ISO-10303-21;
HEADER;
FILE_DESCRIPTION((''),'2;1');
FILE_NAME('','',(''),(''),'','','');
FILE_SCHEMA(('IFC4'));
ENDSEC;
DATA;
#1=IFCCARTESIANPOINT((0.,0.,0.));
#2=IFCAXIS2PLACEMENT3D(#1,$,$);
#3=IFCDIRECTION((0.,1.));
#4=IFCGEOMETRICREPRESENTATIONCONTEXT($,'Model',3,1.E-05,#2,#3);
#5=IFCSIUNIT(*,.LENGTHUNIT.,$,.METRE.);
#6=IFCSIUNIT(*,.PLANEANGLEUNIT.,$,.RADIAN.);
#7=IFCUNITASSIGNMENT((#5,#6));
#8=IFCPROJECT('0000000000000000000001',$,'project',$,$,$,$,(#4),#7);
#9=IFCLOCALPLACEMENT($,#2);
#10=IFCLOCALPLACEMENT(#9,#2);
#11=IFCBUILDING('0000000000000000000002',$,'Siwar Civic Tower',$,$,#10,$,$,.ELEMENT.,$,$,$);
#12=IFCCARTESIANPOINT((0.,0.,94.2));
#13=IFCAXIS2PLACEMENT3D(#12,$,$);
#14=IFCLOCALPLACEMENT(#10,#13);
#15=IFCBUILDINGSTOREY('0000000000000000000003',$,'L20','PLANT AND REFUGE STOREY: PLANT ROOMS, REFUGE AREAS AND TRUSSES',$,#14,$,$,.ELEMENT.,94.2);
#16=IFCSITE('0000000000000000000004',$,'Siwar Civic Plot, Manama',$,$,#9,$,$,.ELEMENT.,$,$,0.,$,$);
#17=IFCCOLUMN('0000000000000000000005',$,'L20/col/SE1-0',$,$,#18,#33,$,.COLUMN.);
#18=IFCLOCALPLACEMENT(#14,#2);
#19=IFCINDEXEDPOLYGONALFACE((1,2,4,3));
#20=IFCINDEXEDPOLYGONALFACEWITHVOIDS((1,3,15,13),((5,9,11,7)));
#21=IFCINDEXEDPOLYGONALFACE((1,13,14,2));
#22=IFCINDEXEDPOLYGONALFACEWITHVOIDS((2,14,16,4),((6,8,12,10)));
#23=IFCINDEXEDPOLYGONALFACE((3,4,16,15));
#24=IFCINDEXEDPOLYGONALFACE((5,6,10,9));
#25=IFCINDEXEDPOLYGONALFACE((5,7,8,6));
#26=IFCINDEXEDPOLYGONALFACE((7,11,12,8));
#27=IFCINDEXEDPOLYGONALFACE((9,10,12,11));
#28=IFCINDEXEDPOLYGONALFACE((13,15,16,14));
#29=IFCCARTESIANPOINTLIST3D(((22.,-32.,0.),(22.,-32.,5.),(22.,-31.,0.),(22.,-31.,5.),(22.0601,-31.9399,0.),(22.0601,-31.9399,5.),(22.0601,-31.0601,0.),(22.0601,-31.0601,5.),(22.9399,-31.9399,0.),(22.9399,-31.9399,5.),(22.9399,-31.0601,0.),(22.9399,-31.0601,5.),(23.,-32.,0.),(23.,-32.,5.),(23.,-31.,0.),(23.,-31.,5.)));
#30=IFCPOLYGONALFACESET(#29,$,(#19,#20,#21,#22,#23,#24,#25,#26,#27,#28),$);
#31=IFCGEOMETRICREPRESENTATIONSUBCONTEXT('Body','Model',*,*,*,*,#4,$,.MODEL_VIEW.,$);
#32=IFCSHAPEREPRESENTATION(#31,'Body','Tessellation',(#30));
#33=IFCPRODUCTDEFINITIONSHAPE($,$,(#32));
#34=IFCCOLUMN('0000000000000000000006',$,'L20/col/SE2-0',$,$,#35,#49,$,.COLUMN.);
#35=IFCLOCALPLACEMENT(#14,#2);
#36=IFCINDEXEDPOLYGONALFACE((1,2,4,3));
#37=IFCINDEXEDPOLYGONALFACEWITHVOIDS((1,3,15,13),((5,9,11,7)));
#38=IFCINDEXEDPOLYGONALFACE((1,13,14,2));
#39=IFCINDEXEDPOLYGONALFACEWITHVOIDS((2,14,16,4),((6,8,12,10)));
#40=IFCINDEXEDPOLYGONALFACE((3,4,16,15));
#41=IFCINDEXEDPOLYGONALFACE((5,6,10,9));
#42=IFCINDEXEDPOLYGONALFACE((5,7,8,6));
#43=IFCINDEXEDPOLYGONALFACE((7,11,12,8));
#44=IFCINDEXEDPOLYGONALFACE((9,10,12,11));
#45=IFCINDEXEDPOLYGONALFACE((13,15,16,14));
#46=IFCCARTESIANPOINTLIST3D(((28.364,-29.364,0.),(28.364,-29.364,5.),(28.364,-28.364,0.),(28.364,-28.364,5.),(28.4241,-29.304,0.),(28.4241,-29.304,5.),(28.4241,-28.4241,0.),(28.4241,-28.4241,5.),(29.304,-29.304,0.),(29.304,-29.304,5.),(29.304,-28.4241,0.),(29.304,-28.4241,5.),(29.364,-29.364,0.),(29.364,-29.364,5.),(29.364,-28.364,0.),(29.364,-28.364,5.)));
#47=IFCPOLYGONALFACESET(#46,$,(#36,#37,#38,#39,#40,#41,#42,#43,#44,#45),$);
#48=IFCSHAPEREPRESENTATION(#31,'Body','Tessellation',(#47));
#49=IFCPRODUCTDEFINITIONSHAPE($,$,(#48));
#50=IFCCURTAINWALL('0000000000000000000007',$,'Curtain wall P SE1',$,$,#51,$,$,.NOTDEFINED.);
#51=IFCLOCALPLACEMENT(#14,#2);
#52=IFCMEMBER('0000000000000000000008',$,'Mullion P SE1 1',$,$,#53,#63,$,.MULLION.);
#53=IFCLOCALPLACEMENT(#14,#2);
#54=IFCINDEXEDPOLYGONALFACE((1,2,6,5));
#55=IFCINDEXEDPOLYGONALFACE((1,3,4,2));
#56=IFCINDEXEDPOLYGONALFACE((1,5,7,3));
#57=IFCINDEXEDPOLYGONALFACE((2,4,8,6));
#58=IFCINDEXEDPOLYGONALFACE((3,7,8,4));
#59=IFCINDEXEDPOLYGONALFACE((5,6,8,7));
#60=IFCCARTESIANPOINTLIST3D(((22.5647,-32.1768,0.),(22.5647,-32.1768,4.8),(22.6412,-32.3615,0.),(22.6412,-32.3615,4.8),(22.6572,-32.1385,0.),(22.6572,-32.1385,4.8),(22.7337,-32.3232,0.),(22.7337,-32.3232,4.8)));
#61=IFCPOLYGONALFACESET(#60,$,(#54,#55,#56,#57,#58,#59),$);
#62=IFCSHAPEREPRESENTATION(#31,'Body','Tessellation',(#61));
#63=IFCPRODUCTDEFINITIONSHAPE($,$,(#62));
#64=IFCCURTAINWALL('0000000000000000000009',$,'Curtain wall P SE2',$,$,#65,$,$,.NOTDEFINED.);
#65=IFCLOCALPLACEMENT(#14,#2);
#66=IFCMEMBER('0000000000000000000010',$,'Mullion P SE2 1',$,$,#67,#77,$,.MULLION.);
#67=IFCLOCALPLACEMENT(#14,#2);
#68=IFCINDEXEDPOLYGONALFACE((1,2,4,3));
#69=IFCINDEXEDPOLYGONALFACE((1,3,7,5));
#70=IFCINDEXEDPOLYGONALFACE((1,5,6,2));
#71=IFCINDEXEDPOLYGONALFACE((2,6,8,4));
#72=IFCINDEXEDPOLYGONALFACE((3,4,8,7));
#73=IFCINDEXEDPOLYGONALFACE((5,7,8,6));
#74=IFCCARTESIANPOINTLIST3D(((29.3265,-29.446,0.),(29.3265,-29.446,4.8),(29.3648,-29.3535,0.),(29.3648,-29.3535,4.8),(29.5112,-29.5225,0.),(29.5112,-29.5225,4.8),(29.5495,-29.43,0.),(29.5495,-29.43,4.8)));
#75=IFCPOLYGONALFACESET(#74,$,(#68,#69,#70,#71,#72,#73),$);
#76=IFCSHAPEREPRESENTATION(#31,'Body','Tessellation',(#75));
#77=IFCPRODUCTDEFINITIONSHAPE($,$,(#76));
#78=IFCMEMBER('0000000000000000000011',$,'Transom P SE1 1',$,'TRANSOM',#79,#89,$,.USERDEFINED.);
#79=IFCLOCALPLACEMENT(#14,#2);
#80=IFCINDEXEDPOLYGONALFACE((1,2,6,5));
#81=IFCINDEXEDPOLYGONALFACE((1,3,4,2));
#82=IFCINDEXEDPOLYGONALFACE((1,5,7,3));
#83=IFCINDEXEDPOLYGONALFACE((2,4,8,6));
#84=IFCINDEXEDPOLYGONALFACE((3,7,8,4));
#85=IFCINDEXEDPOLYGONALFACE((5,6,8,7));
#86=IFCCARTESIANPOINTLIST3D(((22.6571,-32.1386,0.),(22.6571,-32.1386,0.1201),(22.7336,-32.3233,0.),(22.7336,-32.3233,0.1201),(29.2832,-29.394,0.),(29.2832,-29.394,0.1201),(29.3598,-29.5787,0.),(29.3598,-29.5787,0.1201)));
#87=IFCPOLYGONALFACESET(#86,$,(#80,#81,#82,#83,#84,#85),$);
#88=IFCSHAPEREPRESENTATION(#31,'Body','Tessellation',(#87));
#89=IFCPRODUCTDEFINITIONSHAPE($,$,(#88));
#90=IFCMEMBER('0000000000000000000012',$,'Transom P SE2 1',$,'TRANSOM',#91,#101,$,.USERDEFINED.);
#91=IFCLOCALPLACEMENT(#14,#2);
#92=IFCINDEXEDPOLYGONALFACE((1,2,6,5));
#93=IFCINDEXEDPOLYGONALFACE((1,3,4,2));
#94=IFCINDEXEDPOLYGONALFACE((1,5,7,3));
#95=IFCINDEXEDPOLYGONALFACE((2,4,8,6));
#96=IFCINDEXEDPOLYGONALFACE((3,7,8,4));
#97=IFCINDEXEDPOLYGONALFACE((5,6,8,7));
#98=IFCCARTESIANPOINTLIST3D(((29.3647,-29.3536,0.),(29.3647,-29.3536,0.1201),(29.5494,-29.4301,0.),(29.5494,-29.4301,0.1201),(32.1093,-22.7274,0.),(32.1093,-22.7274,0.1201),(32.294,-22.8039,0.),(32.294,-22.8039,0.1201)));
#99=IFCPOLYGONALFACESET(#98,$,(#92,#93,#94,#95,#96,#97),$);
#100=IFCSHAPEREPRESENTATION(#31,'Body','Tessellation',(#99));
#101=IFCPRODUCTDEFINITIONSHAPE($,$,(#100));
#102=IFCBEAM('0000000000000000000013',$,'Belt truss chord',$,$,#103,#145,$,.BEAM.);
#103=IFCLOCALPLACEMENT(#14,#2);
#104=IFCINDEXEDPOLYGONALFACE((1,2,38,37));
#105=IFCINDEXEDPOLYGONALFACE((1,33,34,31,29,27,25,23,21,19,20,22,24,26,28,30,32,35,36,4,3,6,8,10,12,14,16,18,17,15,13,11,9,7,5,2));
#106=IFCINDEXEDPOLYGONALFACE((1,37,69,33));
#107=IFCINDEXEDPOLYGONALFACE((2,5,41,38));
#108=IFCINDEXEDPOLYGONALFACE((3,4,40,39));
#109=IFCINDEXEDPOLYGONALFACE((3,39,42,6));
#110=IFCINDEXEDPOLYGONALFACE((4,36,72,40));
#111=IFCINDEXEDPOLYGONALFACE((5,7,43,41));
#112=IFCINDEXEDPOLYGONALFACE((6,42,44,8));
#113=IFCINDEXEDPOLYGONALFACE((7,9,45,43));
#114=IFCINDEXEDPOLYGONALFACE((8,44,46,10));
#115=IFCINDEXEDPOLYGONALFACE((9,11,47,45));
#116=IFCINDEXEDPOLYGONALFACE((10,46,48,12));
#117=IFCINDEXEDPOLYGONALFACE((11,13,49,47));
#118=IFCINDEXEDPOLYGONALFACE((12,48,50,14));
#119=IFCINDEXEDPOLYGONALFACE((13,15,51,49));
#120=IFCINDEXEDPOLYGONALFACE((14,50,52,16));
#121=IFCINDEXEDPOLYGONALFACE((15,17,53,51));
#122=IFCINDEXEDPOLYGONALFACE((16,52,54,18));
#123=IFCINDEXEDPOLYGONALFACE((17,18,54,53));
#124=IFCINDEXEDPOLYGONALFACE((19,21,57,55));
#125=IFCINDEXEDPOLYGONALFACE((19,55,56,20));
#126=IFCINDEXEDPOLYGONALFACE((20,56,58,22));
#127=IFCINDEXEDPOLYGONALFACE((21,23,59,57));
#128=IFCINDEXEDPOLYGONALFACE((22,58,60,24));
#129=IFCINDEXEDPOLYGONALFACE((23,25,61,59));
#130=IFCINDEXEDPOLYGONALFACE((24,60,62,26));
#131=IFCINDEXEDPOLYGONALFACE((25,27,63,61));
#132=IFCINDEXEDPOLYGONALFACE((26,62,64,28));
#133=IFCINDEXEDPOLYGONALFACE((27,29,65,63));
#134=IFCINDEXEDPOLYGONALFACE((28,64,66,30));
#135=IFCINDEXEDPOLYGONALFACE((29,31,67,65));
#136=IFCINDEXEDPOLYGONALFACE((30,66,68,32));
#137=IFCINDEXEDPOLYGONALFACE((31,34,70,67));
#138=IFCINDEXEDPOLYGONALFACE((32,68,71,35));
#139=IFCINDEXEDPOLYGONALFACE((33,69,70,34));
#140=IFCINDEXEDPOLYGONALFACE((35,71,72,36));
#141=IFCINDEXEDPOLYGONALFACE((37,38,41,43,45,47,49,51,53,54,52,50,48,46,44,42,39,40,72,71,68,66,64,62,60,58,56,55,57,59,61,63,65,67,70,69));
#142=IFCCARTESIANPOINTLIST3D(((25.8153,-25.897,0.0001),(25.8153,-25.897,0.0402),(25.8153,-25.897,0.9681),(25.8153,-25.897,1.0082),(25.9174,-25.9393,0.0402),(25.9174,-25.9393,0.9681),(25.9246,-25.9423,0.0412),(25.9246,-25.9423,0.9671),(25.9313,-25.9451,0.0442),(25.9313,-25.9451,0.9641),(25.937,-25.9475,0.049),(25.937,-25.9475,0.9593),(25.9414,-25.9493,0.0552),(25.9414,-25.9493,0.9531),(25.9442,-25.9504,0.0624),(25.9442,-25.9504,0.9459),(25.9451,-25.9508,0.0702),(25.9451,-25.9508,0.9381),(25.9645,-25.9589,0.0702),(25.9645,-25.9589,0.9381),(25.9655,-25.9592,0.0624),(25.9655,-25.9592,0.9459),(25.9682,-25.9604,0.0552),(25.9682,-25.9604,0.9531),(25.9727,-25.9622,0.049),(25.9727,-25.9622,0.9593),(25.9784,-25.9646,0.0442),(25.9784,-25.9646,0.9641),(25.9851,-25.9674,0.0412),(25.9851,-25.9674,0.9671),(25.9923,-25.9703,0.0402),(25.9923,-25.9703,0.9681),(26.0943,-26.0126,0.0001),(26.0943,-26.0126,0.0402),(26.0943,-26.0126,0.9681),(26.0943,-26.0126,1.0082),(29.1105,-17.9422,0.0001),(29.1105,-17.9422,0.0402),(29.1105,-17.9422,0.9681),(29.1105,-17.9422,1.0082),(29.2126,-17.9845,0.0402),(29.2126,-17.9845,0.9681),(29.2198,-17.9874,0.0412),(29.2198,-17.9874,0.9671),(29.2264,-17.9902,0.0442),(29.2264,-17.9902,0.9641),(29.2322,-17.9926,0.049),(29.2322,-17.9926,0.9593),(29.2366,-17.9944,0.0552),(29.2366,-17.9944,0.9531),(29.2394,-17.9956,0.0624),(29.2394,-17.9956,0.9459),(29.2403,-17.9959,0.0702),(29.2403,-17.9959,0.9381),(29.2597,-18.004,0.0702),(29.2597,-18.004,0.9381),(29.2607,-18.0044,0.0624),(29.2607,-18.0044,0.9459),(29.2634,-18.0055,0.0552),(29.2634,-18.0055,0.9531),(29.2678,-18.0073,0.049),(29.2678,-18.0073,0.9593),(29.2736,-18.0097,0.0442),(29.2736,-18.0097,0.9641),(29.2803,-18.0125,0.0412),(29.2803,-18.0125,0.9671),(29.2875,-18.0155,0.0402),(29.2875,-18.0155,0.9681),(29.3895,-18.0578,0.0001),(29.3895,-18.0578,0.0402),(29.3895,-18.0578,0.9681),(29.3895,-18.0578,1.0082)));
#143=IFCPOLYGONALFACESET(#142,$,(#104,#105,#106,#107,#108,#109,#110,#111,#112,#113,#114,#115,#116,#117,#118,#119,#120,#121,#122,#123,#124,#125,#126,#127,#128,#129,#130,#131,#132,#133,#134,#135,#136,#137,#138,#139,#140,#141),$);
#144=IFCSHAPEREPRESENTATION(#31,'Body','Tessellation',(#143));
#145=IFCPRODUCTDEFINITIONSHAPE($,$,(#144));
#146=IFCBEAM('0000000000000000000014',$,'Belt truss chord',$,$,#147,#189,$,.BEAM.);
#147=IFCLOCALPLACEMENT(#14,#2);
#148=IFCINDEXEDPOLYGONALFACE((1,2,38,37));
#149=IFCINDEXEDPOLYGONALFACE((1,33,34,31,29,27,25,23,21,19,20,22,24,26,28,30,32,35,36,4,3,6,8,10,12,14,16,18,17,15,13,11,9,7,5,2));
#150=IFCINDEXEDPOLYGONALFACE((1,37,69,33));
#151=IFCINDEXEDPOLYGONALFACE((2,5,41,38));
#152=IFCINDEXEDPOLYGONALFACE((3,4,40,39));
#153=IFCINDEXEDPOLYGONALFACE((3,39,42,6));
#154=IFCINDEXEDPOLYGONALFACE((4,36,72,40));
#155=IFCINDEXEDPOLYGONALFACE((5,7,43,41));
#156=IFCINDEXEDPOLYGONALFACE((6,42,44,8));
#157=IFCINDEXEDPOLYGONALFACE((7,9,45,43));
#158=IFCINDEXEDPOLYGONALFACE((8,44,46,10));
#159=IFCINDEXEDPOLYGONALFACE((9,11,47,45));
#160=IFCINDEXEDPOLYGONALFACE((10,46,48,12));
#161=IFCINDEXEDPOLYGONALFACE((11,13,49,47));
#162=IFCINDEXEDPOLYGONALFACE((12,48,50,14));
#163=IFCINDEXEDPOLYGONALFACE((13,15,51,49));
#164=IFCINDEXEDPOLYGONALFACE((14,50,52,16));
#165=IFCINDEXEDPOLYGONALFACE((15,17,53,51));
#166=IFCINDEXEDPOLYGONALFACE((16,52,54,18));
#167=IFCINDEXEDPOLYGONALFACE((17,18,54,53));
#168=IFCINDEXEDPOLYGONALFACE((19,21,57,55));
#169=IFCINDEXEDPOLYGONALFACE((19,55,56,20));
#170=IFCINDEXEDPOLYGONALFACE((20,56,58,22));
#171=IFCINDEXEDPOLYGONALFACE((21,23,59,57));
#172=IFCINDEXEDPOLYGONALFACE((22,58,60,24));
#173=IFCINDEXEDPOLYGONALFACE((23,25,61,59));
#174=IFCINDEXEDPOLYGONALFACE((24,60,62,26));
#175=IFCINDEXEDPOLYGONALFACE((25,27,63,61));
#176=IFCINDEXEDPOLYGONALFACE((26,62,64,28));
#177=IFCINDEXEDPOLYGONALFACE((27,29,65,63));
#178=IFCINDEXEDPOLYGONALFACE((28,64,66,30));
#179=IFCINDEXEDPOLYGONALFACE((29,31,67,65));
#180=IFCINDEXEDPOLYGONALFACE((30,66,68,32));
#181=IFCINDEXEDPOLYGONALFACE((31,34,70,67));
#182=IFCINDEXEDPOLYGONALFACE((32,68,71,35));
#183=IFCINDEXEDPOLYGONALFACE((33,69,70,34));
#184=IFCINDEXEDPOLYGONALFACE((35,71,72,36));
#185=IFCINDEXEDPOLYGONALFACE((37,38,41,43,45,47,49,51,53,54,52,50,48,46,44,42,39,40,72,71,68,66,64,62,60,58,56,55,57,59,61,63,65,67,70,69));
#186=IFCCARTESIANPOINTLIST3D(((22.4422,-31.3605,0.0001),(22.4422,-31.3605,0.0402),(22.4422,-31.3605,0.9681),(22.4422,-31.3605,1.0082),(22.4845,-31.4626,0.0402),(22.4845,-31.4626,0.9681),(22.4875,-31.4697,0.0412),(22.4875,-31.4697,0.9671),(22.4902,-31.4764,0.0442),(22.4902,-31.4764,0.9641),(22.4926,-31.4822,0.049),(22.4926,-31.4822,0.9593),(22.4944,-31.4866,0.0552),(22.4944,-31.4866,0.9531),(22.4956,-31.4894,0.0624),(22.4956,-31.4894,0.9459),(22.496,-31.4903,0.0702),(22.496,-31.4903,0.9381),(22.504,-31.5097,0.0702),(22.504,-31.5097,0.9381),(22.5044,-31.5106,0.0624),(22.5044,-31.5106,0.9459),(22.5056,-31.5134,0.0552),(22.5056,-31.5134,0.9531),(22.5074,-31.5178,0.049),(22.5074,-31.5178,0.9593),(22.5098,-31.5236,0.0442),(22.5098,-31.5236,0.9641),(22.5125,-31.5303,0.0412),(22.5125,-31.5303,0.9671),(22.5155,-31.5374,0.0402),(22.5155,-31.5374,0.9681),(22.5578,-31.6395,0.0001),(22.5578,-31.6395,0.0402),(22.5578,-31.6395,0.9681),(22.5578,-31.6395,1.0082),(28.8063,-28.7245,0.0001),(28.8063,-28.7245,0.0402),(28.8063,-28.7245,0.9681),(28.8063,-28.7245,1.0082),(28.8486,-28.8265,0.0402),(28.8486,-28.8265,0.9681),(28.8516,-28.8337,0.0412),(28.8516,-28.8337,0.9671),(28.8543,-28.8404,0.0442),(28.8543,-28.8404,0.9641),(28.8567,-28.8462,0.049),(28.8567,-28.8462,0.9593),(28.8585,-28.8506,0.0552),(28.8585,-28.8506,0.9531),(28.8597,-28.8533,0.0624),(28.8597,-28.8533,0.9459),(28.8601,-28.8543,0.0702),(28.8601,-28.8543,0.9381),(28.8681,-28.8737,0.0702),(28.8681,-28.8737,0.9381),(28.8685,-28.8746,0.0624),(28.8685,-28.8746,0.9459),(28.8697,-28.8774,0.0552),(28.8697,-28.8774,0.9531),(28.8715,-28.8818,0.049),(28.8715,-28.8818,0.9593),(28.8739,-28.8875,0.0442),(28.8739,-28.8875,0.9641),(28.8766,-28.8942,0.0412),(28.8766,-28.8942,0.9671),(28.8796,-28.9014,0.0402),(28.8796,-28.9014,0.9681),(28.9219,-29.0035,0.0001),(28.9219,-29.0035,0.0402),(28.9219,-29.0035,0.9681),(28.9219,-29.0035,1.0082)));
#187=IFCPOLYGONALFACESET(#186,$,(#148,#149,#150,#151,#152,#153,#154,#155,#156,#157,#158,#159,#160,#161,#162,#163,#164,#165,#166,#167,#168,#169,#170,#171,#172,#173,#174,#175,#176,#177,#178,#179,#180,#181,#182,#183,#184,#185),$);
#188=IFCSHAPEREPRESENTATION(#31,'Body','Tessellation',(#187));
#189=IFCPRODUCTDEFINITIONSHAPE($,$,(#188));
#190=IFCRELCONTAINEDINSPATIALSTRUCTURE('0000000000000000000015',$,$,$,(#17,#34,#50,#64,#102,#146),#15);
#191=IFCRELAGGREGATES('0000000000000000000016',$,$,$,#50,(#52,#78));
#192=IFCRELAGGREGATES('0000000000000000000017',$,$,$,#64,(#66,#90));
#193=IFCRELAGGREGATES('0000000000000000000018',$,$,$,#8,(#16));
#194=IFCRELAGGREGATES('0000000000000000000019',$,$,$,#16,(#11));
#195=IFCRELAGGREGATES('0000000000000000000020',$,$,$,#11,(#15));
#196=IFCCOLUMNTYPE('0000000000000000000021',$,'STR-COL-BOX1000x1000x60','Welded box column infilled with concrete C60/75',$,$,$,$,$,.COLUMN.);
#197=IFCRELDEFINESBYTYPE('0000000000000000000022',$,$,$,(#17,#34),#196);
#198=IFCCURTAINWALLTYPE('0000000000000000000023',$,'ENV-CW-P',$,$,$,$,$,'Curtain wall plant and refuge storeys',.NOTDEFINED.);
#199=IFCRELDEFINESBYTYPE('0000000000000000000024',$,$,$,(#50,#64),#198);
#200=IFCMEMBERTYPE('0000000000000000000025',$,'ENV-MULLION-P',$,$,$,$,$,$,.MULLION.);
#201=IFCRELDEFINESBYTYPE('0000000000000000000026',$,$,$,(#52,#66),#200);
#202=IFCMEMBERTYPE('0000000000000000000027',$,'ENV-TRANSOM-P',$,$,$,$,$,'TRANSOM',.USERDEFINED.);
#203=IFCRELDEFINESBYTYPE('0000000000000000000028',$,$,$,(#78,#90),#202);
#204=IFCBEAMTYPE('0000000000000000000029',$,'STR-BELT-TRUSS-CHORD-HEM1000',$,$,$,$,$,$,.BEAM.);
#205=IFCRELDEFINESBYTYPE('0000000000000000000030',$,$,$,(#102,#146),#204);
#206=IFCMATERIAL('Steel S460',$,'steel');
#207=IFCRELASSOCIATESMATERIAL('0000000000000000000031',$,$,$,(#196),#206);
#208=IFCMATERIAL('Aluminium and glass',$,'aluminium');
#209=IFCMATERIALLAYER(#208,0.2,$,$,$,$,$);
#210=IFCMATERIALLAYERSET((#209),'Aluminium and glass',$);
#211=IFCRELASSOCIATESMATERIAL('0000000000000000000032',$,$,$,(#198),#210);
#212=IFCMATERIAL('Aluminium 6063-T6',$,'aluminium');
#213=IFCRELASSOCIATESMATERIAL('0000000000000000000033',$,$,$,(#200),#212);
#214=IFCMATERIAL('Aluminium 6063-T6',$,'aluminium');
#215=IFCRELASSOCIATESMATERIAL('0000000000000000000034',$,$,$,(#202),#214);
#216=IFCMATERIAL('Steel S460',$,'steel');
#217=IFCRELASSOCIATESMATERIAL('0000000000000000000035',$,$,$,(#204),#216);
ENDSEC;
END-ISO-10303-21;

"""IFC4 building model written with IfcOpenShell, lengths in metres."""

from ifc_helpers import new_model, si_unit, direction, frame, origin, origin_2d, place, context, subcontext, project, spatial, rectangle, hollow_rectangle, i_section, extrude, material, layer, layer_set, material_profile, profile_set, type_object, element, aggregate, save


model = new_model("IFC4")

# Units and contexts
model_context = context("Model", 3, precision=1e-05, world=origin(), true_north=direction((0.0, 1.0)))
body_context = subcontext(model_context, "Body", "Model", "MODEL_VIEW")
ifc_project = project(units=[si_unit("LENGTHUNIT", "METRE"), si_unit("PLANEANGLEUNIT", "RADIAN")], contexts=[model_context])

# Site, building, storey
site_placement = place(None, origin())
site = spatial("IfcSite", under=ifc_project, at=site_placement, Name="Siwar Civic Plot, Manama", CompositionType="ELEMENT", RefElevation=0.0)
building_placement = place(site_placement, origin())
building = spatial("IfcBuilding", under=site, at=building_placement, Name="Siwar Civic Tower", CompositionType="ELEMENT")
storey_placement = place(building_placement, frame((0.0, 0.0, 94.2)))
storey = spatial("IfcBuildingStorey", under=building, at=storey_placement, Name="L20", Description="PLANT AND REFUGE STOREY: PLANT ROOMS, REFUGE AREAS AND TRUSSES", CompositionType="ELEMENT", Elevation=94.2)

# Columns
ifc_material_1 = material(Name="Steel S460", Category="steel")
ifc_material_profile_1 = material_profile(ifc_material_1, hollow_rectangle(XDim=1.0, YDim=1.0, WallThickness=0.0601, at=origin_2d()), Name="BOX1000x1000x60")
ifc_profile_set_1 = profile_set([ifc_material_profile_1], Name="Steel S460")
column_type = type_object("IfcColumnType", Name="STR-COL-BOX1000x1000x60", Description="Welded box column infilled with concrete C60/75", PredefinedType="COLUMN", material=ifc_profile_set_1)
for number, where, z_axis, x_axis, name in (
    (1, (22.5, -31.5, 0.0), (0.0, 0.0, 1.0), (1.0, 0.0, 0.0), "L20/col/SE1-0"),
    (2, (28.864, -28.864, 0.0), (0.0, 0.0, 1.0), (1.0, 0.0, 0.0), "L20/col/SE2-0"),
):
    element("IfcColumn", number, at=place(storey_placement, frame(where, z_axis=z_axis, x_axis=x_axis)), inside=storey, type_object=column_type, Name=name, PredefinedType="COLUMN", context=body_context, shape_type="SweptSolid", body=[
        extrude(hollow_rectangle(XDim=1.0, YDim=1.0, WallThickness=0.0601, at=origin_2d()), origin(), (0.0, 0.0, 1.0), 5.0),
    ])

# Curtain walls, members
ifc_material_2 = material(Name="Aluminium and glass", Category="aluminium")
ifc_layer_1 = layer(ifc_material_2, 0.2)
ifc_layer_set_1 = layer_set([ifc_layer_1], Name="Aluminium and glass")
curtain_wall_type = type_object("IfcCurtainWallType", Name="ENV-CW-P", ElementType="Curtain wall plant and refuge storeys", PredefinedType="NOTDEFINED", material=ifc_layer_set_1)
curtain_wall_1_placement = place(storey_placement, origin())
curtain_wall_1 = element("IfcCurtainWall", 3, at=curtain_wall_1_placement, inside=storey, type_object=curtain_wall_type, Name="Curtain wall P SE1", PredefinedType="NOTDEFINED")
ifc_material_3 = material(Name="Aluminium 6063-T6", Category="aluminium")
ifc_material_profile_2 = material_profile(ifc_material_3, rectangle(XDim=0.2, YDim=0.1001, at=origin_2d()), Name="AL 200x100")
ifc_profile_set_2 = profile_set([ifc_material_profile_2], Name="Aluminium 6063-T6")
member_type_1 = type_object("IfcMemberType", Name="ENV-MULLION-P", PredefinedType="MULLION", material=ifc_profile_set_2)
member_1_placement = place(storey_placement, frame((22.6492, -32.25, 0.0), z_axis=(0.0, 0.0, 1.0), x_axis=(-0.382683, 0.92388, 0.0)))
member_1 = element("IfcMember", 4, at=member_1_placement, type_object=member_type_1, Name="Mullion P SE1 1", PredefinedType="MULLION", context=body_context, shape_type="SweptSolid", body=[
    extrude(rectangle(XDim=0.2, YDim=0.1001, at=origin_2d()), origin(), (0.0, 0.0, 1.0), 4.8),
])
curtain_wall_2_placement = place(storey_placement, origin())
curtain_wall_2 = element("IfcCurtainWall", 5, at=curtain_wall_2_placement, inside=storey, type_object=curtain_wall_type, Name="Curtain wall P SE2", PredefinedType="NOTDEFINED")
member_2_placement = place(storey_placement, frame((29.438, -29.438, 0.0), z_axis=(0.0, 0.0, 1.0), x_axis=(-0.92388, 0.382683, 0.0)))
member_2 = element("IfcMember", 6, at=member_2_placement, type_object=member_type_1, Name="Mullion P SE2 1", PredefinedType="MULLION", context=body_context, shape_type="SweptSolid", body=[
    extrude(rectangle(XDim=0.2, YDim=0.1001, at=origin_2d()), origin(), (0.0, 0.0, 1.0), 4.8),
])

# Members
ifc_material_4 = material(Name="Aluminium 6063-T6", Category="aluminium")
ifc_material_profile_3 = material_profile(ifc_material_4, rectangle(XDim=0.2, YDim=0.1201, at=origin_2d()), Name="AL 200x120")
ifc_profile_set_3 = profile_set([ifc_material_profile_3], Name="Aluminium 6063-T6")
member_type_2 = type_object("IfcMemberType", Name="ENV-TRANSOM-P", ElementType="TRANSOM", PredefinedType="USERDEFINED", material=ifc_profile_set_3)
member_3_placement = place(storey_placement, frame((22.6953, -32.231, 0.0601), z_axis=(0.923882, 0.382678, 0.0), x_axis=(-0.382678, 0.923882, 0.0)))
member_3 = element("IfcMember", 7, at=member_3_placement, type_object=member_type_2, Name="Transom P SE1 1", ObjectType="TRANSOM", PredefinedType="USERDEFINED", context=body_context, shape_type="SweptSolid", body=[
    extrude(rectangle(XDim=0.2, YDim=0.1201, at=origin_2d()), origin(), (0.0, 0.0, 1.0), 7.1721),
])
member_4_placement = place(storey_placement, frame((29.457, -29.3918, 0.0601), z_axis=(0.382678, 0.923882, 0.0), x_axis=(-0.923882, 0.382678, 0.0)))
member_4 = element("IfcMember", 8, at=member_4_placement, type_object=member_type_2, Name="Transom P SE2 1", ObjectType="TRANSOM", PredefinedType="USERDEFINED", context=body_context, shape_type="SweptSolid", body=[
    extrude(rectangle(XDim=0.2, YDim=0.1201, at=origin_2d()), origin(), (0.0, 0.0, 1.0), 7.1721),
])

# Beams
ifc_material_5 = material(Name="Steel S460", Category="steel")
ifc_material_profile_4 = material_profile(ifc_material_5, i_section(OverallWidth=0.302, OverallDepth=1.0081, WebThickness=0.021, FlangeThickness=0.04, FilletRadius=0.03, at=origin_2d()), Name="HEM1000")
ifc_profile_set_4 = profile_set([ifc_material_profile_4], Name="Steel S460")
beam_type = type_object("IfcBeamType", Name="STR-BELT-TRUSS-CHORD-HEM1000", PredefinedType="BEAM", material=ifc_profile_set_4)
beam_placement = place(storey_placement, frame((25.9548, -25.9548, 0.5042), z_axis=(0.3827, 0.923873, 0.0), x_axis=(-0.923873, 0.3827, 0.0)))
element("IfcBeam", 9, at=beam_placement, inside=storey, type_object=beam_type, Name="Belt truss chord", PredefinedType="BEAM", context=body_context, shape_type="SweptSolid", body=[
    extrude(i_section(OverallWidth=0.302, OverallDepth=1.0081, WebThickness=0.021, FlangeThickness=0.04, FilletRadius=0.03, at=origin_2d()), origin(), (0.0, 0.0, 1.0), 8.6104),
])
for number, where, z_axis, x_axis, name in (
    (10, (22.5, -31.5, 0.5042), (0.923883, 0.382674, 0.0), (-0.382674, 0.923883, 0.0), "Belt truss chord"),
):
    element("IfcBeam", number, at=place(storey_placement, frame(where, z_axis=z_axis, x_axis=x_axis)), inside=storey, type_object=beam_type, Name=name, PredefinedType="BEAM", context=body_context, shape_type="SweptSolid", body=[
        extrude(i_section(OverallWidth=0.302, OverallDepth=1.0081, WebThickness=0.021, FlangeThickness=0.04, FilletRadius=0.03, at=origin_2d()), origin(), (0.0, 0.0, 1.0), 6.8884),
    ])

aggregate(curtain_wall_1, [member_1, member_3])
aggregate(curtain_wall_2, [member_2, member_4])

save(model, "model.ifc")
